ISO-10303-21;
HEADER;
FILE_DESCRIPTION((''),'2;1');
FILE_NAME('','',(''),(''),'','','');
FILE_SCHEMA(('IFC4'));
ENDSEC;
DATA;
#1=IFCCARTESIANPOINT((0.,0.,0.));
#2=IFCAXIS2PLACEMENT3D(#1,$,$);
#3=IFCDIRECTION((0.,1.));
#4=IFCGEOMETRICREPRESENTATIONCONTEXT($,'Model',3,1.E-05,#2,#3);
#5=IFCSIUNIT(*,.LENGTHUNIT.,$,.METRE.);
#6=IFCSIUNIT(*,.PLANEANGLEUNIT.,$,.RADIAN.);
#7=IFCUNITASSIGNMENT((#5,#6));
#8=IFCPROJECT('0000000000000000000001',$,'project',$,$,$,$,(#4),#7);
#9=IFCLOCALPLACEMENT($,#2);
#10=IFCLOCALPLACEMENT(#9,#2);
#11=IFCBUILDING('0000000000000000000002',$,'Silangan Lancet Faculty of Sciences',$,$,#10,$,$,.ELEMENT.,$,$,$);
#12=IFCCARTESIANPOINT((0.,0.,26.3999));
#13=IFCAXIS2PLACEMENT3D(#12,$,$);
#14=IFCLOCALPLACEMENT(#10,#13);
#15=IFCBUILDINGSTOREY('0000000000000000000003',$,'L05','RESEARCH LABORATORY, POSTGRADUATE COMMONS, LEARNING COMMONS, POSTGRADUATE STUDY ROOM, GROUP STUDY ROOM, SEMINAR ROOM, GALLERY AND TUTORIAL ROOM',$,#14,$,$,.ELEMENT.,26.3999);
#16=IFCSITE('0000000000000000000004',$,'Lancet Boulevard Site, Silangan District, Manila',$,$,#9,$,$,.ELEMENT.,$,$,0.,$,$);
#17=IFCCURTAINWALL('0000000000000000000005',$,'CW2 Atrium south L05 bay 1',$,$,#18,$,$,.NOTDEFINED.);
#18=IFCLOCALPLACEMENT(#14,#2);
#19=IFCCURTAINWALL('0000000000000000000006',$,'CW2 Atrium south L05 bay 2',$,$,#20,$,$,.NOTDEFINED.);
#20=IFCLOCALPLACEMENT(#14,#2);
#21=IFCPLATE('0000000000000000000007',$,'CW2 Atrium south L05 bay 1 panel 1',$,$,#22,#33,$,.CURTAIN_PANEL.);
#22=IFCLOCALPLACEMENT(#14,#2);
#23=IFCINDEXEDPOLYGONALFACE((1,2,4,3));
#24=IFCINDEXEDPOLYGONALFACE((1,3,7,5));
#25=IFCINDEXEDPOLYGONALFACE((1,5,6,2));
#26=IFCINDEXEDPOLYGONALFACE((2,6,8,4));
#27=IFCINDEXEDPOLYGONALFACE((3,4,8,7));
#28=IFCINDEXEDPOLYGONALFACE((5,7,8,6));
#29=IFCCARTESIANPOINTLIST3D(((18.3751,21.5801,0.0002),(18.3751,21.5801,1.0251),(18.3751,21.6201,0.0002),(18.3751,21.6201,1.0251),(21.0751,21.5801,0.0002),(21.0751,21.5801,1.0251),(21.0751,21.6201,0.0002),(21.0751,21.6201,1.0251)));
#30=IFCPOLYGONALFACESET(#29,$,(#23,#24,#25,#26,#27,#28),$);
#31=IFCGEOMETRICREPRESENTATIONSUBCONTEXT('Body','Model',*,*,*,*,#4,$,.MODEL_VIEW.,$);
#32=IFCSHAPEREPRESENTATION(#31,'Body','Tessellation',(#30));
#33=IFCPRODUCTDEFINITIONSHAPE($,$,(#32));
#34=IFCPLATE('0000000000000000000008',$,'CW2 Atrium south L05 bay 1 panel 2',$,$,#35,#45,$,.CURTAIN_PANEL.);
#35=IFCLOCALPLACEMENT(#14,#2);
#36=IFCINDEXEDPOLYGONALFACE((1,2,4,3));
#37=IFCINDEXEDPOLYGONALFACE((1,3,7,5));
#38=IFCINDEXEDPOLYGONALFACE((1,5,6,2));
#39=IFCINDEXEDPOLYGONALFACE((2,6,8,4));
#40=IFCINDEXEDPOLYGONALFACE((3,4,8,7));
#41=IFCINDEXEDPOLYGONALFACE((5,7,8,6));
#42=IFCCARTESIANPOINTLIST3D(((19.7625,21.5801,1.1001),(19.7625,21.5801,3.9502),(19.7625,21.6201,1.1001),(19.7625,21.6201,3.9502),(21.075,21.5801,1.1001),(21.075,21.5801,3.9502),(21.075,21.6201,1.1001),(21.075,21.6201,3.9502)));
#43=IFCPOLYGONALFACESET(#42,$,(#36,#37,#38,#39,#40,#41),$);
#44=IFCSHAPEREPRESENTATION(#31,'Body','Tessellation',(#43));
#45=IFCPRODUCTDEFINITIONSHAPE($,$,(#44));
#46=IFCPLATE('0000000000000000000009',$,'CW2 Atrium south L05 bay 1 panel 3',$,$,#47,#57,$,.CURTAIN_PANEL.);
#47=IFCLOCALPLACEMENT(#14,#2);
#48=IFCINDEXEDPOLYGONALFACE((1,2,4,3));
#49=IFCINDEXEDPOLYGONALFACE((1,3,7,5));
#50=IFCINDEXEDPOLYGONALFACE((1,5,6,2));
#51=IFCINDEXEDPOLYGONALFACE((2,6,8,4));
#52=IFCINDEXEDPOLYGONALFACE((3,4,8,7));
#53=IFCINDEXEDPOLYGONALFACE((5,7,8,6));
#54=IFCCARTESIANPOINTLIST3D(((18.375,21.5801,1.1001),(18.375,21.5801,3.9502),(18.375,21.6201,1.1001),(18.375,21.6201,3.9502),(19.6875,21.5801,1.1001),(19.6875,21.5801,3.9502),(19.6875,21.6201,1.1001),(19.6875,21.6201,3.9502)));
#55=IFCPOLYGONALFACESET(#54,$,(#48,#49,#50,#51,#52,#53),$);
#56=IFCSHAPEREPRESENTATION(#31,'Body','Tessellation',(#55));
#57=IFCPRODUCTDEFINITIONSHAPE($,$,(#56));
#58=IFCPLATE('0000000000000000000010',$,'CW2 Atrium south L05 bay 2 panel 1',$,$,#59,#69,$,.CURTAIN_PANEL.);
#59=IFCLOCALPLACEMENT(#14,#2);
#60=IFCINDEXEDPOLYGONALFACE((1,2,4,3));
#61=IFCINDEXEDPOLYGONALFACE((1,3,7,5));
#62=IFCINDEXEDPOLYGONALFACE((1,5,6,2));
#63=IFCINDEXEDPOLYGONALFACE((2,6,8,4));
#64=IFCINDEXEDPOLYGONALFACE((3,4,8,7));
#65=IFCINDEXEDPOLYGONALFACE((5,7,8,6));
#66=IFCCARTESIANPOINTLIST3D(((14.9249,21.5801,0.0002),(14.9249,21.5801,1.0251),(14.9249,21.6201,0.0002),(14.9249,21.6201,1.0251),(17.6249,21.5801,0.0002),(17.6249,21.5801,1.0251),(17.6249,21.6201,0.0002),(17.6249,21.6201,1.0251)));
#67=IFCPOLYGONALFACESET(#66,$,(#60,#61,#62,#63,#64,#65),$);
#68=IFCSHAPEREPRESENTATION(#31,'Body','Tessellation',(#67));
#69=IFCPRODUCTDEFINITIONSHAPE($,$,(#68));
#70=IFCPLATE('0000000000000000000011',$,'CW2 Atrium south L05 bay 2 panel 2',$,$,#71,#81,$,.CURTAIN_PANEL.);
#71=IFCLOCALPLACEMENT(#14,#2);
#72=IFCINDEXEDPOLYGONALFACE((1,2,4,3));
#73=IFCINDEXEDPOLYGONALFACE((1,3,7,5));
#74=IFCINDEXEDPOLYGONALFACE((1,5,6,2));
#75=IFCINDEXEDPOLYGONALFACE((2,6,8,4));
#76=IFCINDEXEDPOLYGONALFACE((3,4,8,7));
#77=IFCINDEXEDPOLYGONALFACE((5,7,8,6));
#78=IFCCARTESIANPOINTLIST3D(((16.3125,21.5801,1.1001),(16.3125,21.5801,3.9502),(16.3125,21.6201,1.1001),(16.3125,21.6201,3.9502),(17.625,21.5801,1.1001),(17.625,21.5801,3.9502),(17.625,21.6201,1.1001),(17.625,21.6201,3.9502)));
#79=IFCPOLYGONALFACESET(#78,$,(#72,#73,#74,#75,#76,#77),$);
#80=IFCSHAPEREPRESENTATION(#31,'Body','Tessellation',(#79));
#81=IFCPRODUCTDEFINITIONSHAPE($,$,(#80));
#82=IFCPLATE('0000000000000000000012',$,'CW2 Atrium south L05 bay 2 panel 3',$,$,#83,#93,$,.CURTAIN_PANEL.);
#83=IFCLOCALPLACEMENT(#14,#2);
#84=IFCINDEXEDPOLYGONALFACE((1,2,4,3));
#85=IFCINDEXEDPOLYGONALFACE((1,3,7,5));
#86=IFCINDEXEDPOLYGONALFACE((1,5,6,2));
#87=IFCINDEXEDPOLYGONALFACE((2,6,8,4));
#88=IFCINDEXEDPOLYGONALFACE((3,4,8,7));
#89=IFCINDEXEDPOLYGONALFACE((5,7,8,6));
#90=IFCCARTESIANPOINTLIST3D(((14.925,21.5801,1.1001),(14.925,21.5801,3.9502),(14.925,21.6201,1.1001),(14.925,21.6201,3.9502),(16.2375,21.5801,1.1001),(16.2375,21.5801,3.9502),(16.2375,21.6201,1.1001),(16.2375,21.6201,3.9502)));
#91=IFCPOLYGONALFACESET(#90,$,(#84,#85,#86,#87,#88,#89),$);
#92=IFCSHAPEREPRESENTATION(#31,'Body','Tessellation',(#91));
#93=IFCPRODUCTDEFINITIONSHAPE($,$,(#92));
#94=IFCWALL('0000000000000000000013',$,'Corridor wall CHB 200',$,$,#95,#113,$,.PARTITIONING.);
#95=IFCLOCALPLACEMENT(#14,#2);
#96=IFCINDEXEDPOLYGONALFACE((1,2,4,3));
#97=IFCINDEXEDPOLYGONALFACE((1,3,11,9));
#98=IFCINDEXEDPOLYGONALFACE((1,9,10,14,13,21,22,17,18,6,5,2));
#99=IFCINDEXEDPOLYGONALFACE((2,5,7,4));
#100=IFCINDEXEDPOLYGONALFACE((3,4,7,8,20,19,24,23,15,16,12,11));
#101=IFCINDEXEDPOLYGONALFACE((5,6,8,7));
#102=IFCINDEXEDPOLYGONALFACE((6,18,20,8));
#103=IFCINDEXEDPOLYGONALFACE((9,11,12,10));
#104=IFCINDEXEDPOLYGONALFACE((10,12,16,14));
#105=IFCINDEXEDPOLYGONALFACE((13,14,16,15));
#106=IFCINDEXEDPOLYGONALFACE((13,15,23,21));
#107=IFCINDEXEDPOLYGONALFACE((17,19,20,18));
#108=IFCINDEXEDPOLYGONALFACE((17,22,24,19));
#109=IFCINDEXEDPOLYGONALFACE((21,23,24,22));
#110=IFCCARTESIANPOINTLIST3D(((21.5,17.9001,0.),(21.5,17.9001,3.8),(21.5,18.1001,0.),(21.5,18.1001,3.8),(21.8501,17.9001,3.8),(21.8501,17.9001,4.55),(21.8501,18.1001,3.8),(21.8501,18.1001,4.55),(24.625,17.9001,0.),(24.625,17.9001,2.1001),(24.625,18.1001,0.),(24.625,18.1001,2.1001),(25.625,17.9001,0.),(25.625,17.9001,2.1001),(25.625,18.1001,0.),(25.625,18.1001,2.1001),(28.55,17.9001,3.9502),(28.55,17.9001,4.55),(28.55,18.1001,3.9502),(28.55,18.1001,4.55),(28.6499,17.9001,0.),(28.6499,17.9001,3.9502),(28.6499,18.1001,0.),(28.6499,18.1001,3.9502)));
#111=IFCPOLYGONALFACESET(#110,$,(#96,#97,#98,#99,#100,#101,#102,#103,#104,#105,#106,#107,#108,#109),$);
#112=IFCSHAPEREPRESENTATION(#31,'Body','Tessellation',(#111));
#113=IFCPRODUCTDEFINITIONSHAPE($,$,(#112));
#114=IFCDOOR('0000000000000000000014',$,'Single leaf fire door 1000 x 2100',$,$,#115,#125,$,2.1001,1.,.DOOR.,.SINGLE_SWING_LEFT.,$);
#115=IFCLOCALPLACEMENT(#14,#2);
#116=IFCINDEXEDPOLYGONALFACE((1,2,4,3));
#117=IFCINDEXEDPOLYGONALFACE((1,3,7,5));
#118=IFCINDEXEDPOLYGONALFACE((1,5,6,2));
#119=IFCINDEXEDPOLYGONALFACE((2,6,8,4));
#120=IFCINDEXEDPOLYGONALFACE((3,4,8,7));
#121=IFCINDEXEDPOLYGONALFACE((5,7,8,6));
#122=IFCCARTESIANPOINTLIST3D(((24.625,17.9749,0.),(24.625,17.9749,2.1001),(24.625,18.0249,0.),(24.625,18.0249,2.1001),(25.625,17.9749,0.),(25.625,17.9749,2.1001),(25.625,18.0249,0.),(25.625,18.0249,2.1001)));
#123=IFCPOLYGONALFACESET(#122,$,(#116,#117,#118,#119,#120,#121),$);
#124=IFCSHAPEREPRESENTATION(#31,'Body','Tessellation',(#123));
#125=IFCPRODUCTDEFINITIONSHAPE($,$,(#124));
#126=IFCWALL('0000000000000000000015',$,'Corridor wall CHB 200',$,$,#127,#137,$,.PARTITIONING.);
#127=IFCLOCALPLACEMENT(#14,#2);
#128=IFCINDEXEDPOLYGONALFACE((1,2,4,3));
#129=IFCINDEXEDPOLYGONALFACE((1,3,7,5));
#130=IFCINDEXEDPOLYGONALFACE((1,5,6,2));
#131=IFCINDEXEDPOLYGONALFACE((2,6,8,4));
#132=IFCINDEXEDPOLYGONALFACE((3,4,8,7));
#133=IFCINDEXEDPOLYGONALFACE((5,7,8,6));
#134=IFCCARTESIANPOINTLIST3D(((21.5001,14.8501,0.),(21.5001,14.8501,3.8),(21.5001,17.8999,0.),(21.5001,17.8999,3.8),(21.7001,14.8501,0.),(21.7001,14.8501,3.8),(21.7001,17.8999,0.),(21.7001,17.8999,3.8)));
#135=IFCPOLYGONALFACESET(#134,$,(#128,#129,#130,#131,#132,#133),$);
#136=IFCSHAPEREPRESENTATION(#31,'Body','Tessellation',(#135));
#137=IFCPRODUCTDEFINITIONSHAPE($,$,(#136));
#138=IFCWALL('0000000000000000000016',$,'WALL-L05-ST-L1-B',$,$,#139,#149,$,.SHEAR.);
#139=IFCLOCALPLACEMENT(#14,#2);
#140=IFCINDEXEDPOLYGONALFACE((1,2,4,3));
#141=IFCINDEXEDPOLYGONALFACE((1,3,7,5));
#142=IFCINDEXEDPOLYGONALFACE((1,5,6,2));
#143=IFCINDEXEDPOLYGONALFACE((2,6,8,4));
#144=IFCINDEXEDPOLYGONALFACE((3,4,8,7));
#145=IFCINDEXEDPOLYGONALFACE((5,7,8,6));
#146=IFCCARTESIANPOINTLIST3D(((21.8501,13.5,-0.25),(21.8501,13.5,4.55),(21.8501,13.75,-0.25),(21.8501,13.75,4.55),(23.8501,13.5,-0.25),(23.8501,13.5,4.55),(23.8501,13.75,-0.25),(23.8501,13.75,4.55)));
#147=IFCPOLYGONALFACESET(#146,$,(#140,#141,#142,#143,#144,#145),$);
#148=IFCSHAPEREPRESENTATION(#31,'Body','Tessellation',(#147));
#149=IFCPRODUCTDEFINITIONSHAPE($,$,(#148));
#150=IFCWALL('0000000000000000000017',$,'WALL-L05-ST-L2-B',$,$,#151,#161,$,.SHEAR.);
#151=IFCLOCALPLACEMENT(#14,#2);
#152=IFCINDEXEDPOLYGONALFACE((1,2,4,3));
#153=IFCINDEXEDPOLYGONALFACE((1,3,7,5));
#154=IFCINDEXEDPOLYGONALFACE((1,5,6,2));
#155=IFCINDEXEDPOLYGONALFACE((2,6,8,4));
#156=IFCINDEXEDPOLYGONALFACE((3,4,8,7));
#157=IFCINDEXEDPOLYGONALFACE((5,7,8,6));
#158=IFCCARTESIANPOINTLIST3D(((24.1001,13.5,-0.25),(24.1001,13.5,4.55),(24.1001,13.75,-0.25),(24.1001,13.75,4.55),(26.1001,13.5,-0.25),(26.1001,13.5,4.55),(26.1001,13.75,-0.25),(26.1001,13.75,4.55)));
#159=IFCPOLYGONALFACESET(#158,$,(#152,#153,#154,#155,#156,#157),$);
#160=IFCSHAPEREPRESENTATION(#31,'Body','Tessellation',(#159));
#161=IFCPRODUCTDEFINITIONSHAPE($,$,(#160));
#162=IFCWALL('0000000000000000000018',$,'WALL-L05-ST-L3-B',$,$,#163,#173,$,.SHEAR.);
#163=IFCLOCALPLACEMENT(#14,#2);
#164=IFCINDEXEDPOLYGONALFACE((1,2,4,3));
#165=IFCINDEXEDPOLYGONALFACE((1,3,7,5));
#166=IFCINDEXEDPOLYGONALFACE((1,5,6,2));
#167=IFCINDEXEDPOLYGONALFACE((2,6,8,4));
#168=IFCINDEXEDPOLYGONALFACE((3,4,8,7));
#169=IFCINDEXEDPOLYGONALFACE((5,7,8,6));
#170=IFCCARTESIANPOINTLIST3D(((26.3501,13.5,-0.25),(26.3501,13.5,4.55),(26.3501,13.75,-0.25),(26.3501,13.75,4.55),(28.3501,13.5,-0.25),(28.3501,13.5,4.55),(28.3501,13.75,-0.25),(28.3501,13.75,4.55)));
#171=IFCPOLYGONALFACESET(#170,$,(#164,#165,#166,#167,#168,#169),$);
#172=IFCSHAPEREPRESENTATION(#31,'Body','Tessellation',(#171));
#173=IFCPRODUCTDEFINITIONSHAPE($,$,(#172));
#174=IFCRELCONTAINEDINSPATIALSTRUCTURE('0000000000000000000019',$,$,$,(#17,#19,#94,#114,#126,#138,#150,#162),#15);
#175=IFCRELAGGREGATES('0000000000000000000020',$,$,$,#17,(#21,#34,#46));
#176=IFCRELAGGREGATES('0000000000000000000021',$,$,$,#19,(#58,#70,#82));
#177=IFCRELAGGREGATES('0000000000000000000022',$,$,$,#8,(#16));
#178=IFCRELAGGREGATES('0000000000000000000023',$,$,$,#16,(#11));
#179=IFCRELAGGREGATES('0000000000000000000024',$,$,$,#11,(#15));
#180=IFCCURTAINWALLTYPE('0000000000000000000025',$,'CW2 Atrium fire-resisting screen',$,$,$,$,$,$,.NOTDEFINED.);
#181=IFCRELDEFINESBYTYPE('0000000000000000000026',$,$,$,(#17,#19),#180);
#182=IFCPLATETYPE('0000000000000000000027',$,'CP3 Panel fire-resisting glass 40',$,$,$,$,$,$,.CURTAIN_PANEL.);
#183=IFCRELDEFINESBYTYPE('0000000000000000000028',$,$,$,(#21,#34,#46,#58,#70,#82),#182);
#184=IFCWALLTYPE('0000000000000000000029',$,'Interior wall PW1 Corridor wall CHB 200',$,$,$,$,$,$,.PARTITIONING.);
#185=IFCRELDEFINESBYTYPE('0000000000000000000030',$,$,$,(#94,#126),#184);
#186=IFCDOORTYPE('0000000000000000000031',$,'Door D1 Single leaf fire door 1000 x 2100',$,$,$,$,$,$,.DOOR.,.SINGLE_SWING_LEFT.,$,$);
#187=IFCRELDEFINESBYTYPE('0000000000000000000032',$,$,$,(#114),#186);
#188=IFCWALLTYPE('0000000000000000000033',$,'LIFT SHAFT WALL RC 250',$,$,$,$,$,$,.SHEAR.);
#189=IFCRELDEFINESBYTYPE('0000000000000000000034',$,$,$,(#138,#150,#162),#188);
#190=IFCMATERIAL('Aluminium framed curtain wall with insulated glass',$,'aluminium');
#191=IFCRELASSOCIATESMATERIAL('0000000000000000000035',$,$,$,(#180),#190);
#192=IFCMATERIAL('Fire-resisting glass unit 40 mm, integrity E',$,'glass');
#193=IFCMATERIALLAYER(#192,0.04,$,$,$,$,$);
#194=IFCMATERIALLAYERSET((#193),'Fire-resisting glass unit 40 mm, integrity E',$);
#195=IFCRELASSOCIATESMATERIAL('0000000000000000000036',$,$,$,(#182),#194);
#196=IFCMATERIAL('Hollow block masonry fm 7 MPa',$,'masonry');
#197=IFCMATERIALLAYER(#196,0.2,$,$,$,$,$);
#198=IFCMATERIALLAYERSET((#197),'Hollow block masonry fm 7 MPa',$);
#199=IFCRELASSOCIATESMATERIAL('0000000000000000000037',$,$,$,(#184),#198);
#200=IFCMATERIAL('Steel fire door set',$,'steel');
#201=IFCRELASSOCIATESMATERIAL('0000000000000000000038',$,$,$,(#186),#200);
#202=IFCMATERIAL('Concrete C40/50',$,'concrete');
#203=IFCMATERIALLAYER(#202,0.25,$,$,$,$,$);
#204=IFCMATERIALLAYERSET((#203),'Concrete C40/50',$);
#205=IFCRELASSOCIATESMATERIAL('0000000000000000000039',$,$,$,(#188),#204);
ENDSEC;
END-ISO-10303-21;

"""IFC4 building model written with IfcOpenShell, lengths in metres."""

from ifc_helpers import new_model, si_unit, direction, frame, frame_2d, origin, origin_2d, place, context, subcontext, project, spatial, polyline, rectangle, outline, extrude, material, layer, layer_set, type_object, element, fill, aggregate, save


model = new_model("IFC4")

# Units and contexts
model_context = context("Model", 3, precision=1e-05, world=origin(), true_north=direction((0.0, 1.0)))
body_context = subcontext(model_context, "Body", "Model", "MODEL_VIEW")
ifc_project = project(units=[si_unit("LENGTHUNIT", "METRE"), si_unit("PLANEANGLEUNIT", "RADIAN")], contexts=[model_context])

# Site, building, storey
site_placement = place(None, origin())
site = spatial("IfcSite", under=ifc_project, at=site_placement, Name="Lancet Boulevard Site, Silangan District, Manila", CompositionType="ELEMENT", RefElevation=0.0)
building_placement = place(site_placement, origin())
building = spatial("IfcBuilding", under=site, at=building_placement, Name="Silangan Lancet Faculty of Sciences", CompositionType="ELEMENT")
storey_placement = place(building_placement, frame((0.0, 0.0, 26.3999)))
storey = spatial("IfcBuildingStorey", under=building, at=storey_placement, Name="L05", Description="RESEARCH LABORATORY, POSTGRADUATE COMMONS, LEARNING COMMONS, POSTGRADUATE STUDY ROOM, GROUP STUDY ROOM, SEMINAR ROOM, GALLERY AND TUTORIAL ROOM", CompositionType="ELEMENT", Elevation=26.3999)

# Curtain walls
ifc_material_1 = material(Name="Aluminium framed curtain wall with insulated glass", Category="aluminium")
curtain_wall_type = type_object("IfcCurtainWallType", Name="CW2 Atrium fire-resisting screen", PredefinedType="NOTDEFINED", material=ifc_material_1)
curtain_wall_1_placement = place(storey_placement, origin())
curtain_wall_1 = element("IfcCurtainWall", 1, at=curtain_wall_1_placement, inside=storey, type_object=curtain_wall_type, Name="CW2 Atrium south L05 bay 1", PredefinedType="NOTDEFINED")
curtain_wall_2_placement = place(storey_placement, origin())
curtain_wall_2 = element("IfcCurtainWall", 2, at=curtain_wall_2_placement, inside=storey, type_object=curtain_wall_type, Name="CW2 Atrium south L05 bay 2", PredefinedType="NOTDEFINED")

# Plates
ifc_material_2 = material(Name="Fire-resisting glass unit 40 mm, integrity E", Category="glass")
ifc_layer_1 = layer(ifc_material_2, 0.04)
ifc_layer_set_1 = layer_set([ifc_layer_1], Name="Fire-resisting glass unit 40 mm, integrity E")
plate_type = type_object("IfcPlateType", Name="CP3 Panel fire-resisting glass 40", PredefinedType="CURTAIN_PANEL", material=ifc_layer_set_1)
plate_1_placement = place(storey_placement, frame((19.7251, 21.6001, 0.0002), z_axis=(0.0, 0.0, 1.0), x_axis=(-1.0, 0.0, 0.0)))
plate_1 = element("IfcPlate", 3, at=plate_1_placement, type_object=plate_type, Name="CW2 Atrium south L05 bay 1 panel 1", PredefinedType="CURTAIN_PANEL", context=body_context, shape_type="SweptSolid", body=[
    extrude(rectangle(XDim=2.7, YDim=0.04, at=origin_2d()), origin(), (0.0, 0.0, 1.0), 1.0249),
])
plate_2_placement = place(storey_placement, frame((20.4187, 21.6001, 1.1001), z_axis=(0.0, 0.0, 1.0), x_axis=(-1.0, 0.0, 0.0)))
plate_2 = element("IfcPlate", 4, at=plate_2_placement, type_object=plate_type, Name="CW2 Atrium south L05 bay 1 panel 2", PredefinedType="CURTAIN_PANEL", context=body_context, shape_type="SweptSolid", body=[
    extrude(rectangle(XDim=1.3125, YDim=0.04, at=origin_2d()), origin(), (0.0, 0.0, 1.0), 2.8501),
])
plate_3_placement = place(storey_placement, frame((19.0312, 21.6001, 1.1001), z_axis=(0.0, 0.0, 1.0), x_axis=(-1.0, 0.0, 0.0)))
plate_3 = element("IfcPlate", 5, at=plate_3_placement, type_object=plate_type, Name="CW2 Atrium south L05 bay 1 panel 3", PredefinedType="CURTAIN_PANEL", context=body_context, shape_type="SweptSolid", body=[
    extrude(rectangle(XDim=1.3125, YDim=0.04, at=origin_2d()), origin(), (0.0, 0.0, 1.0), 2.8501),
])
aggregate(curtain_wall_1, [plate_1, plate_2, plate_3])
plate_4_placement = place(storey_placement, frame((16.2749, 21.6001, 0.0002), z_axis=(0.0, 0.0, 1.0), x_axis=(-1.0, 0.0, 0.0)))
plate_4 = element("IfcPlate", 6, at=plate_4_placement, type_object=plate_type, Name="CW2 Atrium south L05 bay 2 panel 1", PredefinedType="CURTAIN_PANEL", context=body_context, shape_type="SweptSolid", body=[
    extrude(rectangle(XDim=2.7, YDim=0.04, at=origin_2d()), origin(), (0.0, 0.0, 1.0), 1.0249),
])
plate_5_placement = place(storey_placement, frame((16.9688, 21.6001, 1.1001), z_axis=(0.0, 0.0, 1.0), x_axis=(-1.0, 0.0, 0.0)))
plate_5 = element("IfcPlate", 7, at=plate_5_placement, type_object=plate_type, Name="CW2 Atrium south L05 bay 2 panel 2", PredefinedType="CURTAIN_PANEL", context=body_context, shape_type="SweptSolid", body=[
    extrude(rectangle(XDim=1.3125, YDim=0.04, at=origin_2d()), origin(), (0.0, 0.0, 1.0), 2.8501),
])
plate_6_placement = place(storey_placement, frame((15.5813, 21.6001, 1.1001), z_axis=(0.0, 0.0, 1.0), x_axis=(-1.0, 0.0, 0.0)))
plate_6 = element("IfcPlate", 8, at=plate_6_placement, type_object=plate_type, Name="CW2 Atrium south L05 bay 2 panel 3", PredefinedType="CURTAIN_PANEL", context=body_context, shape_type="SweptSolid", body=[
    extrude(rectangle(XDim=1.3125, YDim=0.04, at=origin_2d()), origin(), (0.0, 0.0, 1.0), 2.8501),
])
aggregate(curtain_wall_2, [plate_4, plate_5, plate_6])

# Wall, opening, door
ifc_material_3 = material(Name="Hollow block masonry fm 7 MPa", Category="masonry")
ifc_layer_2 = layer(ifc_material_3, 0.2)
ifc_layer_set_2 = layer_set([ifc_layer_2], Name="Hollow block masonry fm 7 MPa")
wall_type_1 = type_object("IfcWallType", Name="Interior wall PW1 Corridor wall CHB 200", PredefinedType="PARTITIONING", material=ifc_layer_set_2)
wall_1_placement = place(storey_placement, frame((21.5, 18.0, 0.0), z_axis=(0.0, 0.0, 1.0), x_axis=(1.0, 0.0, 0.0)))
wall_1 = element("IfcWall", 9, at=wall_1_placement, inside=storey, type_object=wall_type_1, Name="Corridor wall CHB 200", PredefinedType="PARTITIONING", context=body_context, shape_type="SweptSolid", body=[
    extrude(outline(polyline([(0.0, 0.0), (7.1499, 0.0), (7.1499, 3.9502), (7.05, 3.9502), (7.05, 4.55), (0.3501, 4.55), (0.3501, 3.8), (0.0, 3.8), (0.0, 0.0)])), frame((0.0, 0.1001, 0.0), z_axis=(0.0, -1.0, 0.0), x_axis=(1.0, 0.0, 0.0)), (0.0, 0.0, 1.0), 0.2),
])
opening_placement = place(wall_1_placement, frame((3.125, 0.0, 0.0)))
opening = element("IfcOpeningElement", 10, at=opening_placement, cuts=wall_1, PredefinedType="OPENING", context=body_context, shape_type="SweptSolid", body=[
    extrude(rectangle(XDim=1.0, YDim=2.1001, at=frame_2d((0.5, 1.05))), frame((0.0, 0.1099, 0.0), z_axis=(0.0, -1.0, 0.0), x_axis=(1.0, 0.0, 0.0)), (0.0, 0.0, 1.0), 0.22),
])
ifc_material_4 = material(Name="Steel fire door set", Category="steel")
door_type = type_object("IfcDoorType", Name="Door D1 Single leaf fire door 1000 x 2100", OperationType="SINGLE_SWING_LEFT", PredefinedType="DOOR", material=ifc_material_4)
door_placement = place(opening_placement, frame((1.0, 0.0, 0.0), z_axis=(0.0, 0.0, 1.0), x_axis=(-1.0, 0.0, 0.0)))
door = element("IfcDoor", 11, at=door_placement, inside=storey, type_object=door_type, Name="Single leaf fire door 1000 x 2100", OperationType="SINGLE_SWING_LEFT", OverallHeight=2.1001, OverallWidth=1.0, PredefinedType="DOOR", context=body_context, shape_type="SweptSolid", body=[
    extrude(rectangle(XDim=1.0, YDim=2.1001, at=frame_2d((0.5, 1.05))), frame((0.0, 0.0251, 0.0), z_axis=(0.0, -1.0, 0.0), x_axis=(1.0, 0.0, 0.0)), (0.0, 0.0, 1.0), 0.05),
])
fill(opening, door)

# Walls
wall_2_placement = place(storey_placement, frame((21.6001, 14.8501, 0.0), z_axis=(0.0, 0.0, 1.0), x_axis=(0.0, 1.0, 0.0)))
element("IfcWall", 12, at=wall_2_placement, inside=storey, type_object=wall_type_1, Name="Corridor wall CHB 200", PredefinedType="PARTITIONING", context=body_context, shape_type="SweptSolid", body=[
    extrude(rectangle(XDim=3.0498, YDim=0.2, at=frame_2d((1.5249, 0.0))), origin(), (0.0, 0.0, 1.0), 3.8),
])
ifc_material_5 = material(Name="Concrete C40/50", Category="concrete")
ifc_layer_3 = layer(ifc_material_5, 0.25)
ifc_layer_set_3 = layer_set([ifc_layer_3], Name="Concrete C40/50")
wall_type_2 = type_object("IfcWallType", Name="LIFT SHAFT WALL RC 250", PredefinedType="SHEAR", material=ifc_layer_set_3)
for number, where, z_axis, x_axis, name in (
    (13, (21.8501, 13.625, -0.25), (0.0, 0.0, 1.0), (1.0, 0.0, 0.0), "WALL-L05-ST-L1-B"),
    (14, (24.1001, 13.625, -0.25), (0.0, 0.0, 1.0), (1.0, 0.0, 0.0), "WALL-L05-ST-L2-B"),
    (15, (26.3501, 13.625, -0.25), (0.0, 0.0, 1.0), (1.0, 0.0, 0.0), "WALL-L05-ST-L3-B"),
):
    element("IfcWall", number, at=place(storey_placement, frame(where, z_axis=z_axis, x_axis=x_axis)), inside=storey, type_object=wall_type_2, Name=name, PredefinedType="SHEAR", context=body_context, shape_type="SweptSolid", body=[
        extrude(rectangle(XDim=2.0, YDim=0.25, at=frame_2d((1.0, 0.0))), origin(), (0.0, 0.0, 1.0), 4.8),
    ])

save(model, "model.ifc")
